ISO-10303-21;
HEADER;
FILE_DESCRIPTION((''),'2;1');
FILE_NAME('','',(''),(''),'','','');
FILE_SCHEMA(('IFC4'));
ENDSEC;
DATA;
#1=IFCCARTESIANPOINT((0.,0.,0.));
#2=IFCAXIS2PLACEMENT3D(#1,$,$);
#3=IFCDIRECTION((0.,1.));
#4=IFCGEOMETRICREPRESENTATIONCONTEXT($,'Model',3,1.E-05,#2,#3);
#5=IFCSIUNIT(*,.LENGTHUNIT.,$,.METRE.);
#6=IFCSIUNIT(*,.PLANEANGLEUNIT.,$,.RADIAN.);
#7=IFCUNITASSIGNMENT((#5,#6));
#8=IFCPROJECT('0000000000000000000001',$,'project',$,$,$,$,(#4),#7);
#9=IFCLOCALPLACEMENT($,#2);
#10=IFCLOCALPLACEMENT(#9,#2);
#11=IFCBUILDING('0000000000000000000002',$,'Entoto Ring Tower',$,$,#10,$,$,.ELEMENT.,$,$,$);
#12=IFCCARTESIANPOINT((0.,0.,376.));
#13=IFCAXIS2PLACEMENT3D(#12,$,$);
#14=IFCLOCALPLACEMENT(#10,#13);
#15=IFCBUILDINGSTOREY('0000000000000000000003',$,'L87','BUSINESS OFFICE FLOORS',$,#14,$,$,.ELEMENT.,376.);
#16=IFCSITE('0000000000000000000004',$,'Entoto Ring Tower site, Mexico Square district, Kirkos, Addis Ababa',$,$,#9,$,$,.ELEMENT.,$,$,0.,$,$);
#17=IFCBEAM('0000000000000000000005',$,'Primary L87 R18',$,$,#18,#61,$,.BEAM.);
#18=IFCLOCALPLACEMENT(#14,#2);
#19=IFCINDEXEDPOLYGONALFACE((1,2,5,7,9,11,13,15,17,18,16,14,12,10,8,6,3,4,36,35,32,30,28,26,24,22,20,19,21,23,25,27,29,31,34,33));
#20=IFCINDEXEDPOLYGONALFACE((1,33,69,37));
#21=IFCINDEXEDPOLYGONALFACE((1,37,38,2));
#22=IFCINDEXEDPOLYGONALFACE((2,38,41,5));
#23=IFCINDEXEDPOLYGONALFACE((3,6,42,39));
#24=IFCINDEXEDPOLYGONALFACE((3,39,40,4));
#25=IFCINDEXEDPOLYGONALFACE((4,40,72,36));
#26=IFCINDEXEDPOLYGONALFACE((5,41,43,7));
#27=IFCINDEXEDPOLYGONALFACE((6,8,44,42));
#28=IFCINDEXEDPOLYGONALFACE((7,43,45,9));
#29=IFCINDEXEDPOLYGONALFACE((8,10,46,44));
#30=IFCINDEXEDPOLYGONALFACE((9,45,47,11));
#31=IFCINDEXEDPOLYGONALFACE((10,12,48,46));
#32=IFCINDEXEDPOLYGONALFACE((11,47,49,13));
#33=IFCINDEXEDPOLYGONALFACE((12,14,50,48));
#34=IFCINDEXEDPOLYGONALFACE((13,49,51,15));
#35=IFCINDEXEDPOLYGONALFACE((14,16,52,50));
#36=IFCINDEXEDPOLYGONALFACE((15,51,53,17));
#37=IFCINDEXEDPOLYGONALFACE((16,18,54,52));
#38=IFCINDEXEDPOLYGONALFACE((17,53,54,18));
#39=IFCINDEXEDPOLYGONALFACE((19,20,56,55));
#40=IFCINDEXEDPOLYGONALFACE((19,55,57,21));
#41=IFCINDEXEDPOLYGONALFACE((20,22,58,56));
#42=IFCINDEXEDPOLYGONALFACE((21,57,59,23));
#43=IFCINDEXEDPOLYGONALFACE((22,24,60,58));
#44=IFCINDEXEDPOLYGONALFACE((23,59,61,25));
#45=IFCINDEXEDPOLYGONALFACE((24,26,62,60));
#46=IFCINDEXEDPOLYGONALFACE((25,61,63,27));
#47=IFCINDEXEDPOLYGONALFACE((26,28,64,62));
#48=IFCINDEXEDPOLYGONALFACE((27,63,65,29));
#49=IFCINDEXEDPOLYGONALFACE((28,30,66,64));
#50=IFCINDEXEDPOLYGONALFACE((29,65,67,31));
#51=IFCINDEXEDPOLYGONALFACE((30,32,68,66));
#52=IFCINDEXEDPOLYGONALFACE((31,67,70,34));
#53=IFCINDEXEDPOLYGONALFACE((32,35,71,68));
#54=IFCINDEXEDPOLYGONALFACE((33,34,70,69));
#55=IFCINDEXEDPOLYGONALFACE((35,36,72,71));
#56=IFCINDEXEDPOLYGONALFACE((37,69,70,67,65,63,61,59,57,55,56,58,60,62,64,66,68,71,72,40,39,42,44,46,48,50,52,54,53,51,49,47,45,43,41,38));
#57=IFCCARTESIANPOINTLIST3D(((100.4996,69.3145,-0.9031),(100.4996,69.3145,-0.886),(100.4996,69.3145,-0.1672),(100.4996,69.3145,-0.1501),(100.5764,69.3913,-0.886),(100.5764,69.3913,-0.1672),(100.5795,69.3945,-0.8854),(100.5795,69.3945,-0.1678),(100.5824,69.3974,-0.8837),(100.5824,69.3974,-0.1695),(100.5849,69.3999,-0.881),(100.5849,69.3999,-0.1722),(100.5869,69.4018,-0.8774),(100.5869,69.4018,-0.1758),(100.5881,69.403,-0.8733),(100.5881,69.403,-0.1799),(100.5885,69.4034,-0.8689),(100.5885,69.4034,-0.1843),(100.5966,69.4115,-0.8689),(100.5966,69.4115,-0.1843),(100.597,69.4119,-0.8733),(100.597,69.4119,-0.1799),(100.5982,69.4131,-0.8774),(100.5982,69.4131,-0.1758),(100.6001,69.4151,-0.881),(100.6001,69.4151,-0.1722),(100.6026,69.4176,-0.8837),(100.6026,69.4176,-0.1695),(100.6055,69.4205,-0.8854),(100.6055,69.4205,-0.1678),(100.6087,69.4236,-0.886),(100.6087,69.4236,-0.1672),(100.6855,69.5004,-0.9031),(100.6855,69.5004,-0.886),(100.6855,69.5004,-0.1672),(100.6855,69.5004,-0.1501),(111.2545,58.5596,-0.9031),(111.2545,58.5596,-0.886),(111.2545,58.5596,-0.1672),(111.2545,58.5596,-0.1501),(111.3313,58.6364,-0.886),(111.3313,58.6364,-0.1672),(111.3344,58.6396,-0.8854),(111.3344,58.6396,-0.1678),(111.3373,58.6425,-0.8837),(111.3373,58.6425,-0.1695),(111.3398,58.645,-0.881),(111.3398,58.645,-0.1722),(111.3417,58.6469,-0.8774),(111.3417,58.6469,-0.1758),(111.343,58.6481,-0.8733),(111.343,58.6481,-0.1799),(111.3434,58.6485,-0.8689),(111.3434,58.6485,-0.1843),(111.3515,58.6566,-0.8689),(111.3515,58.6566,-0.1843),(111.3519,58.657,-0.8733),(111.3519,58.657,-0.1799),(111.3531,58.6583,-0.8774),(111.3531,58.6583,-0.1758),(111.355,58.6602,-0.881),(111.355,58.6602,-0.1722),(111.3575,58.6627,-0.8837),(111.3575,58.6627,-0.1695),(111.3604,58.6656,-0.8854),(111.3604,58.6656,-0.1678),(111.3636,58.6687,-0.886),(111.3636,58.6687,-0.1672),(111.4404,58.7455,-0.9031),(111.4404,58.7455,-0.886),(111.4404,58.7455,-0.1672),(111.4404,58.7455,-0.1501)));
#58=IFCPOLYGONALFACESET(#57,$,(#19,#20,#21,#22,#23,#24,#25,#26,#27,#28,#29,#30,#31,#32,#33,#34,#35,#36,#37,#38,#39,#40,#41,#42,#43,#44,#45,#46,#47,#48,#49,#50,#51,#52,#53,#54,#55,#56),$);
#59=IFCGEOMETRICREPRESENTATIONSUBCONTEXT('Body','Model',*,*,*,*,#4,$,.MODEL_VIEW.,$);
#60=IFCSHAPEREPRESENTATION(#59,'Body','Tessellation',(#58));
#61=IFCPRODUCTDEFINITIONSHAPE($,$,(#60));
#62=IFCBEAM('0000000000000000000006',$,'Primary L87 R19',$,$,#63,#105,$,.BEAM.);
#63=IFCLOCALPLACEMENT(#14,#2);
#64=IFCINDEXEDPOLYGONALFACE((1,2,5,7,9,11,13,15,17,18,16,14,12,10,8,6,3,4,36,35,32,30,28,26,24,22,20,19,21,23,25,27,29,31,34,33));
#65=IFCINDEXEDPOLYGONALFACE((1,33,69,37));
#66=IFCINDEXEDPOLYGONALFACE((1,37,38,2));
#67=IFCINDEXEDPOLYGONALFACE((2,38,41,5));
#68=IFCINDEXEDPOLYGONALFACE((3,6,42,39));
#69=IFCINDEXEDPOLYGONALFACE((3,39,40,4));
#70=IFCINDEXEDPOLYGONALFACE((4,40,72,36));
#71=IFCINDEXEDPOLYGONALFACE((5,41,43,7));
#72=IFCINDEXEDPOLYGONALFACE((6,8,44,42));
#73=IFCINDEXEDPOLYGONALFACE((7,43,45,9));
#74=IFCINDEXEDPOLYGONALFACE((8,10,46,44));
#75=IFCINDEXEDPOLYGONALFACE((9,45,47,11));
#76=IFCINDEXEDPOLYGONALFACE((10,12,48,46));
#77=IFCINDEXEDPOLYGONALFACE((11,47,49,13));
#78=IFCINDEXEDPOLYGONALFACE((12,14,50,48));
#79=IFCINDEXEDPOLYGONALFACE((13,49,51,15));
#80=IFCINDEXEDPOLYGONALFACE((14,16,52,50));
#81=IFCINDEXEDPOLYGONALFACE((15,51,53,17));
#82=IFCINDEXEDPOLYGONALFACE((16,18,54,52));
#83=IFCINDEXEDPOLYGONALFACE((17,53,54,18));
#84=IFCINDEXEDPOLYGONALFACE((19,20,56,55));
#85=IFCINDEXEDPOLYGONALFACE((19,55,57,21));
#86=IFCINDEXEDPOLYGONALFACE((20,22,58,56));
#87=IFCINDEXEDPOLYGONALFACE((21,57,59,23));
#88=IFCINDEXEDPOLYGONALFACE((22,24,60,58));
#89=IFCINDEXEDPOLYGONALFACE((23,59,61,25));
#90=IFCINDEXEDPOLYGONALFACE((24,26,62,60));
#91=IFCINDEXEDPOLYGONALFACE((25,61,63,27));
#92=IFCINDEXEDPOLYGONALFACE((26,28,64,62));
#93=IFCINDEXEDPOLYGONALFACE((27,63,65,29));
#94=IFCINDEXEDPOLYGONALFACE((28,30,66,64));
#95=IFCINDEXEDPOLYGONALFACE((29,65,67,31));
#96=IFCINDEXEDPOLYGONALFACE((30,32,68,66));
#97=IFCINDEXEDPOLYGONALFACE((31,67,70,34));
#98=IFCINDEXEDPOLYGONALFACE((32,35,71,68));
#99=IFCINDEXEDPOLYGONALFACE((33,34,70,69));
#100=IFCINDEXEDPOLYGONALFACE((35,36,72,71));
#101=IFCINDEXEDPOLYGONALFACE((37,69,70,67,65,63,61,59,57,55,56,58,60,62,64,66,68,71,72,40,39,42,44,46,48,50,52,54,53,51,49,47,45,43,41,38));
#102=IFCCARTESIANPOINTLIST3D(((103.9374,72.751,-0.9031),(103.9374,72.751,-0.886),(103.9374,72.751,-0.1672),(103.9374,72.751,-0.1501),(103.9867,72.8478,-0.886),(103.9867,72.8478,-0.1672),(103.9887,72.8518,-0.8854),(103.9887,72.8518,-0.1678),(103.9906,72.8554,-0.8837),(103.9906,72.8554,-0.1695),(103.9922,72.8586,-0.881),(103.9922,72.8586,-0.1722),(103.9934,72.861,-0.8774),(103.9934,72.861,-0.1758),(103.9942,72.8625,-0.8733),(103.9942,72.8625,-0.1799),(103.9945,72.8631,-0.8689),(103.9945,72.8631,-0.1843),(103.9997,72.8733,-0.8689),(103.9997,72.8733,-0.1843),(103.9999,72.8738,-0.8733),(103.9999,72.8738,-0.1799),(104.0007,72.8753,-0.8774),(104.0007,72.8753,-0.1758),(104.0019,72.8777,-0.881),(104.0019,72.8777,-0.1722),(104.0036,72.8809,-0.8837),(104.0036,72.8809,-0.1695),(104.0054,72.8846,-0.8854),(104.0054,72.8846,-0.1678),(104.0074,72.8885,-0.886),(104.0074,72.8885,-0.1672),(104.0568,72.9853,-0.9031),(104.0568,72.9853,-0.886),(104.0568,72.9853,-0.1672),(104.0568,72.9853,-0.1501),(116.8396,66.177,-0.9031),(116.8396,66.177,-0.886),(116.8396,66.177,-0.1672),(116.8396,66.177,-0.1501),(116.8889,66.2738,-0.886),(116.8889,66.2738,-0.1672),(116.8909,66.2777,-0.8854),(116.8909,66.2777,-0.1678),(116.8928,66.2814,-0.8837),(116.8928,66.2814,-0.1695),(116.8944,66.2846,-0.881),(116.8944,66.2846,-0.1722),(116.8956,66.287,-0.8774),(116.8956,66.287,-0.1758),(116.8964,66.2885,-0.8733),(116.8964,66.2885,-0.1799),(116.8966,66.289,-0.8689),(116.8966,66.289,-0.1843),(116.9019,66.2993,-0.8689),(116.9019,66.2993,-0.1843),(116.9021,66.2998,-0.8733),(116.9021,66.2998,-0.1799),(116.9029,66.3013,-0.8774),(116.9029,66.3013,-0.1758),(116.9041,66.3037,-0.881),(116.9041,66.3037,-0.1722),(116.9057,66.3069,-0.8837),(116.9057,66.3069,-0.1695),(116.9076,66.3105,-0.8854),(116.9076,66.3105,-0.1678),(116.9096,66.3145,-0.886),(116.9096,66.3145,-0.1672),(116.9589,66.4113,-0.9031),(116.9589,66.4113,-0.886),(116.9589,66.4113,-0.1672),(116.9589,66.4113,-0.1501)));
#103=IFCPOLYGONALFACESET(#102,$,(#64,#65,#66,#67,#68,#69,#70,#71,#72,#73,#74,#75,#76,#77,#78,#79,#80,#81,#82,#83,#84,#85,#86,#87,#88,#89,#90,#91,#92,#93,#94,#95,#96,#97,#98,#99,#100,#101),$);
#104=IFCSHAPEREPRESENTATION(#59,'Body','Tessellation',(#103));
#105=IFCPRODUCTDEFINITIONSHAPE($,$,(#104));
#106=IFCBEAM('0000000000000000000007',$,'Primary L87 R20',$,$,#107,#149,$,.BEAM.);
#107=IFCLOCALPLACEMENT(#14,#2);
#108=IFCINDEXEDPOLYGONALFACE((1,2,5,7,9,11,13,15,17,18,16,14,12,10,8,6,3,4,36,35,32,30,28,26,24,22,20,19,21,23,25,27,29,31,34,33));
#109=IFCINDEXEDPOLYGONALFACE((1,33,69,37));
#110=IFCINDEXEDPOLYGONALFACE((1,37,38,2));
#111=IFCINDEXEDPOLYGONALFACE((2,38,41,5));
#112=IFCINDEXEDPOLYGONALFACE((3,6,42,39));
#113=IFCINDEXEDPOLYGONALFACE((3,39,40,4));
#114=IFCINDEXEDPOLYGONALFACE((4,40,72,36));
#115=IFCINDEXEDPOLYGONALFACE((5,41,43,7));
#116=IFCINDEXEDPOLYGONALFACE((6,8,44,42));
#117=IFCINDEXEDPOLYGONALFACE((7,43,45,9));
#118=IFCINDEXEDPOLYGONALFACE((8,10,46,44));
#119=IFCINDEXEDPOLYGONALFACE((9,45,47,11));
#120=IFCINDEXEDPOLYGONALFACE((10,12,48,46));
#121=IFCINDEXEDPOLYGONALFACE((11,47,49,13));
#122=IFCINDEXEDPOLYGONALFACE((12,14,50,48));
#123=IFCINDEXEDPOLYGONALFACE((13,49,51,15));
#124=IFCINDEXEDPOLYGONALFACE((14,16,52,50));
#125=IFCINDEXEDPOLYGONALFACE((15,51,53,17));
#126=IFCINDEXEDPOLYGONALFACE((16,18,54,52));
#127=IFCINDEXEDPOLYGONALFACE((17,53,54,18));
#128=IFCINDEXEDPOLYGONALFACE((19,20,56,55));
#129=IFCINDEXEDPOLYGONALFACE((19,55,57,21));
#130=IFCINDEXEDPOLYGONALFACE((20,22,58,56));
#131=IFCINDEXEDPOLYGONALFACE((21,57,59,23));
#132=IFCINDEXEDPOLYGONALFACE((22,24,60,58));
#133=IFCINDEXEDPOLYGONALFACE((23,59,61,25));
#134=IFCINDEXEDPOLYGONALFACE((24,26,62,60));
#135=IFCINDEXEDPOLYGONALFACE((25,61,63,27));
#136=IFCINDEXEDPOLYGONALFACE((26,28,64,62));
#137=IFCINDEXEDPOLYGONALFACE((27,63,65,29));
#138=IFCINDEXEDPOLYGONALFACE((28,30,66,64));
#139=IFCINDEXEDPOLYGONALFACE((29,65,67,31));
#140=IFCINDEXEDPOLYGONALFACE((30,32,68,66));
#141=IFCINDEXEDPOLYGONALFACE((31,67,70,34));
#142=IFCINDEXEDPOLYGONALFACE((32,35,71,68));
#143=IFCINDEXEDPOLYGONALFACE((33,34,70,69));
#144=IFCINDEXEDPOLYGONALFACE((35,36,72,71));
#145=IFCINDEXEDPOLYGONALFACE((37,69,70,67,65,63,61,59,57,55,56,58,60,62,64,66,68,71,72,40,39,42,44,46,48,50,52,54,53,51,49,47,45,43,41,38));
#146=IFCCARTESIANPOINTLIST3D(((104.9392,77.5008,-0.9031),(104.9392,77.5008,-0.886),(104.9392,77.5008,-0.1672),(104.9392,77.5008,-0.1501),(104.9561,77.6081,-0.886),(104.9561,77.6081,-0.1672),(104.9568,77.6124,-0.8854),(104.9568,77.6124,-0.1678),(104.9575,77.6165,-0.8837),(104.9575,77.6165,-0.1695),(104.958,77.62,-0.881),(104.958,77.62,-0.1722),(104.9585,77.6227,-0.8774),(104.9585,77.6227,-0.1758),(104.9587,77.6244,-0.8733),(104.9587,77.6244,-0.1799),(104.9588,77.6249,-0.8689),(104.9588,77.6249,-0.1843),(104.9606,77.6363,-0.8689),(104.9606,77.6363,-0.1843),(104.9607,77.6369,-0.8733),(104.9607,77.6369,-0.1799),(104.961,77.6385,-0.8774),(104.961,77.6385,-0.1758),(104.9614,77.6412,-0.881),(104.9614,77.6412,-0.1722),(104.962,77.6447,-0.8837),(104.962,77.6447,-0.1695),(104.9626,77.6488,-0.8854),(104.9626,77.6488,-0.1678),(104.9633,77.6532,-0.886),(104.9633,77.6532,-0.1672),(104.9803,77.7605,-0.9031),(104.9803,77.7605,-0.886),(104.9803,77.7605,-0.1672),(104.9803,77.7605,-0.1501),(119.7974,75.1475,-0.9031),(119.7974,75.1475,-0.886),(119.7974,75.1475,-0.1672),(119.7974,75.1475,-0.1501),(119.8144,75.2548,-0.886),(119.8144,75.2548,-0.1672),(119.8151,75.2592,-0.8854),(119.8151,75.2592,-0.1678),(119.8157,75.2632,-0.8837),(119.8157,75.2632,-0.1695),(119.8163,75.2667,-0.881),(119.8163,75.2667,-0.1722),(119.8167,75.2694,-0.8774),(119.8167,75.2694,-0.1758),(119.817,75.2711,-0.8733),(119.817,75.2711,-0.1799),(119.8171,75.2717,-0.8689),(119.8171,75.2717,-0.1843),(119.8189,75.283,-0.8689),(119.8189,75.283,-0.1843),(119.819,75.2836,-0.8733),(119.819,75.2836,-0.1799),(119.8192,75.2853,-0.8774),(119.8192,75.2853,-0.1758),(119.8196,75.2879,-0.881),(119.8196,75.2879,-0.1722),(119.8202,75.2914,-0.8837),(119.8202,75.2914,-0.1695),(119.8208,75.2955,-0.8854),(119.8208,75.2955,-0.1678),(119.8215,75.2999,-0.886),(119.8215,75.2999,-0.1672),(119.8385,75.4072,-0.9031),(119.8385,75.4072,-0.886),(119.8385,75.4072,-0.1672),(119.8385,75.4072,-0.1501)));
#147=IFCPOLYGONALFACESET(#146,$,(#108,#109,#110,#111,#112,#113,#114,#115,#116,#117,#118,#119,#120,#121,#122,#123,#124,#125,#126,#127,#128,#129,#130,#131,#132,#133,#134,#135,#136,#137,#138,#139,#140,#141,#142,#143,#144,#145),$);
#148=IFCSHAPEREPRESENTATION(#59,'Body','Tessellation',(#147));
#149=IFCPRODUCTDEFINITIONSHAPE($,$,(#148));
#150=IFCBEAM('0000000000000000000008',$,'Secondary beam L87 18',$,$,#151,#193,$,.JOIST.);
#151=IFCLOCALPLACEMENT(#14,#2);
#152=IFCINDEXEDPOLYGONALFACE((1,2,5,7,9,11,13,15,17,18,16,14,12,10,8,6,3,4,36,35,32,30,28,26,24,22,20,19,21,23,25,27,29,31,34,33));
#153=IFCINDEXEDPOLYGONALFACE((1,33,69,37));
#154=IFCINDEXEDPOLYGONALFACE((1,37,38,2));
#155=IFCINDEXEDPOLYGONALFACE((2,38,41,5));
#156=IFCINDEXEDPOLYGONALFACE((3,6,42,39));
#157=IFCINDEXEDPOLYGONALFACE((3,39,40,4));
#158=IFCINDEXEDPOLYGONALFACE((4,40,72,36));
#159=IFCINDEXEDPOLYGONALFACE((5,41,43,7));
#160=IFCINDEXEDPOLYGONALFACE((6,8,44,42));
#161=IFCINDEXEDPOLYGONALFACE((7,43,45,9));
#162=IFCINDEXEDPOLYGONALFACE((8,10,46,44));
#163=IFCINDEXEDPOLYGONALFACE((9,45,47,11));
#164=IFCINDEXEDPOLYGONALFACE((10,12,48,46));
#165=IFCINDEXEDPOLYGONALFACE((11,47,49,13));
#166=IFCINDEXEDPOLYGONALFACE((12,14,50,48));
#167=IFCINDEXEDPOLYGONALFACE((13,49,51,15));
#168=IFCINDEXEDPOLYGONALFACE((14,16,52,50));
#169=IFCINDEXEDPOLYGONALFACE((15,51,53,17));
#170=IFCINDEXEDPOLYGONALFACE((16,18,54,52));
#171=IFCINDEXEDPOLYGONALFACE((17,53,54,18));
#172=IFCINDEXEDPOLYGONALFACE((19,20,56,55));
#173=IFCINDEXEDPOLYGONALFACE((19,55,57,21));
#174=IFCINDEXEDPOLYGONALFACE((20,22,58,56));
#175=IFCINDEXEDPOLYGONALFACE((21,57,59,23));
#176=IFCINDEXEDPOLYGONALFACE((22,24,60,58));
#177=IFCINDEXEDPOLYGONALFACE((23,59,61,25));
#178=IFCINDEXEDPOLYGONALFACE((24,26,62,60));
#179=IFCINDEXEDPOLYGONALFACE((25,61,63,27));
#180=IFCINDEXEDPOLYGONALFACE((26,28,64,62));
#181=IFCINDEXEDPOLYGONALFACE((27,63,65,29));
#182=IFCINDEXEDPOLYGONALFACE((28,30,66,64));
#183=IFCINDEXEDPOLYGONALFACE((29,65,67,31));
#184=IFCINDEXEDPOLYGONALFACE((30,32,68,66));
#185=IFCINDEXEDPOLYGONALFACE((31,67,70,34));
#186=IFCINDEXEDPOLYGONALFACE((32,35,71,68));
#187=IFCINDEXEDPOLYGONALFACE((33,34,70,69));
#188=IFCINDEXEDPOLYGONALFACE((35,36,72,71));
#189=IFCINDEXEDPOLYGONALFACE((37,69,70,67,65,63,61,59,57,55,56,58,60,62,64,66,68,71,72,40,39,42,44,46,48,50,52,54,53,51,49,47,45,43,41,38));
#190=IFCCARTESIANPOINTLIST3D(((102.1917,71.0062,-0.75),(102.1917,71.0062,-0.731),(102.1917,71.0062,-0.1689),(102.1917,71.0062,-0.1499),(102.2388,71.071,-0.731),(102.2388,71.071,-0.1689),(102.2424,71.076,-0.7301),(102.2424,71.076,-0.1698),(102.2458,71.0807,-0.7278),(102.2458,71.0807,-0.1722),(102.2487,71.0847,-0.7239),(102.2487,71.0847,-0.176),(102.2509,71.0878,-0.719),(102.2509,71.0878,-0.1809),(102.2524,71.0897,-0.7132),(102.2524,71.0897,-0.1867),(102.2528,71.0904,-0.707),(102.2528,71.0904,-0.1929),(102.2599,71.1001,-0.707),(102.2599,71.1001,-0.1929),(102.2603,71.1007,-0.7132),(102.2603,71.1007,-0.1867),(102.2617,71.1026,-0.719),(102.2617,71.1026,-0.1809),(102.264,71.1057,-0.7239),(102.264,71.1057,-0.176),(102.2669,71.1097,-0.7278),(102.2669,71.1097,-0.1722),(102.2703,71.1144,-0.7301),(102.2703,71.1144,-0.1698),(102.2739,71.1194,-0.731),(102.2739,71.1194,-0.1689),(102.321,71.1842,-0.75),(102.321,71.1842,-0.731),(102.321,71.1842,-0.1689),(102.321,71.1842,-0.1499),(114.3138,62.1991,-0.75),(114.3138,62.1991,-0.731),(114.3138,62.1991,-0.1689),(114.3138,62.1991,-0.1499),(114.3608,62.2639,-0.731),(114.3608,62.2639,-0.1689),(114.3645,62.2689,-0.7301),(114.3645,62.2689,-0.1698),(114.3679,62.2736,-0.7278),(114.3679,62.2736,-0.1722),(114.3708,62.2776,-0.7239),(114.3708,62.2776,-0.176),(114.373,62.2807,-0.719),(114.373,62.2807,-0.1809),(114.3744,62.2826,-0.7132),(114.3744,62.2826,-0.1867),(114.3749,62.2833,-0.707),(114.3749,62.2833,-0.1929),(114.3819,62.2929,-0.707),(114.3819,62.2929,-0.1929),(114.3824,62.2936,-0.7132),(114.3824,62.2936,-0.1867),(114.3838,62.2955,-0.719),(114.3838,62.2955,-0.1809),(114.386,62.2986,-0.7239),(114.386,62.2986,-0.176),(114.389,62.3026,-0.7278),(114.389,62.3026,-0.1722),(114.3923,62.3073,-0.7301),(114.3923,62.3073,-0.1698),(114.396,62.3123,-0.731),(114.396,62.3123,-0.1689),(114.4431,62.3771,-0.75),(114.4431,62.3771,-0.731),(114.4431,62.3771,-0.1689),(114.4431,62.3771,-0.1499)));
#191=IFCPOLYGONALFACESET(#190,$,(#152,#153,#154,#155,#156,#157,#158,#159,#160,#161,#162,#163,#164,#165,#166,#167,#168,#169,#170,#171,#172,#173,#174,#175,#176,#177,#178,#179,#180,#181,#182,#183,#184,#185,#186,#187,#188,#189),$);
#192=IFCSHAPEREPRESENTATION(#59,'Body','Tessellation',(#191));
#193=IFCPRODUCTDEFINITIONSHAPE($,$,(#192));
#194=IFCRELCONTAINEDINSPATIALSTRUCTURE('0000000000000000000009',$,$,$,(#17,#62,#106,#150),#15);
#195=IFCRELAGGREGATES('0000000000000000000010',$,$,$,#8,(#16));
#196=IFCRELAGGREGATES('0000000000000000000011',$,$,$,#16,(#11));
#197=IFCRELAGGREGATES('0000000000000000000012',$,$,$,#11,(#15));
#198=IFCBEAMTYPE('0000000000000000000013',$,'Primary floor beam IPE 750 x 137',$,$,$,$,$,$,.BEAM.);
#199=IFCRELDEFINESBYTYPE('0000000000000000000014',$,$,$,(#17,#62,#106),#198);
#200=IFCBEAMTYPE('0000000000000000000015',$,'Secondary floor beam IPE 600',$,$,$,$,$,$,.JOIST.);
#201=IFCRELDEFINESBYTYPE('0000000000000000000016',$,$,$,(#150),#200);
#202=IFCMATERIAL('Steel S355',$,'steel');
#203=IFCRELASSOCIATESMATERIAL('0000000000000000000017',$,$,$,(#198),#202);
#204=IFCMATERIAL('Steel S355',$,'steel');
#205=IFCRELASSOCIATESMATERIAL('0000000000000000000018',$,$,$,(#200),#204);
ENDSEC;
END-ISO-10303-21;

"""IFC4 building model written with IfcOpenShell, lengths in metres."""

from ifc_helpers import new_model, si_unit, direction, frame, origin, origin_2d, place, context, subcontext, project, spatial, i_section, extrude, material, material_profile, profile_set, type_object, element, save


model = new_model("IFC4")

# Units and contexts
model_context = context("Model", 3, precision=1e-05, world=origin(), true_north=direction((0.0, 1.0)))
body_context = subcontext(model_context, "Body", "Model", "MODEL_VIEW")
ifc_project = project(units=[si_unit("LENGTHUNIT", "METRE"), si_unit("PLANEANGLEUNIT", "RADIAN")], contexts=[model_context])

# Site, building, storey
site_placement = place(None, origin())
site = spatial("IfcSite", under=ifc_project, at=site_placement, Name="Entoto Ring Tower site, Mexico Square district, Kirkos, Addis Ababa", CompositionType="ELEMENT", RefElevation=0.0)
building_placement = place(site_placement, origin())
building = spatial("IfcBuilding", under=site, at=building_placement, Name="Entoto Ring Tower", CompositionType="ELEMENT")
storey_placement = place(building_placement, frame((0.0, 0.0, 376.0)))
storey = spatial("IfcBuildingStorey", under=building, at=storey_placement, Name="L87", Description="BUSINESS OFFICE FLOORS", CompositionType="ELEMENT", Elevation=376.0)

# Beams
ifc_material_1 = material(Name="Steel S355", Category="steel")
ifc_material_profile_1 = material_profile(ifc_material_1, i_section(OverallWidth=0.2629, OverallDepth=0.7529, WebThickness=0.0115, FlangeThickness=0.0171, FilletRadius=0.0171, at=origin_2d()), Name="IPE 750 x 137")
ifc_profile_set_1 = profile_set([ifc_material_profile_1], Name="Steel S355")
beam_type_1 = type_object("IfcBeamType", Name="Primary floor beam IPE 750 x 137", PredefinedType="BEAM", material=ifc_profile_set_1)
beam_1_placement = place(storey_placement, frame((100.5925, 69.4075, -0.5266), z_axis=(0.707107, -0.707107, 0.0), x_axis=(0.707107, 0.707107, 0.0)))
element("IfcBeam", 1, at=beam_1_placement, inside=storey, type_object=beam_type_1, Name="Primary L87 R18", PredefinedType="BEAM", context=body_context, shape_type="SweptSolid", body=[
    extrude(i_section(OverallWidth=0.2629, OverallDepth=0.7529, WebThickness=0.0115, FlangeThickness=0.0171, FilletRadius=0.0171, at=origin_2d()), origin(), (0.0, 0.0, 1.0), 15.2097),
])
beam_2_placement = place(storey_placement, frame((103.9971, 72.8682, -0.5266), z_axis=(0.891006, -0.453992, 0.0), x_axis=(0.453992, 0.891006, 0.0)))
element("IfcBeam", 2, at=beam_2_placement, inside=storey, type_object=beam_type_1, Name="Primary L87 R19", PredefinedType="BEAM", context=body_context, shape_type="SweptSolid", body=[
    extrude(i_section(OverallWidth=0.2629, OverallDepth=0.7529, WebThickness=0.0115, FlangeThickness=0.0171, FilletRadius=0.0171, at=origin_2d()), origin(), (0.0, 0.0, 1.0), 14.4805),
])
beam_3_placement = place(storey_placement, frame((104.9597, 77.6306, -0.5266), z_axis=(0.987689, -0.156433, 0.0), x_axis=(0.156433, 0.987689, 0.0)))
element("IfcBeam", 3, at=beam_3_placement, inside=storey, type_object=beam_type_1, Name="Primary L87 R20", PredefinedType="BEAM", context=body_context, shape_type="SweptSolid", body=[
    extrude(i_section(OverallWidth=0.2629, OverallDepth=0.7529, WebThickness=0.0115, FlangeThickness=0.0171, FilletRadius=0.0171, at=origin_2d()), origin(), (0.0, 0.0, 1.0), 15.0435),
])
ifc_material_2 = material(Name="Steel S355", Category="steel")
ifc_material_profile_2 = material_profile(ifc_material_2, i_section(OverallWidth=0.22, OverallDepth=0.6001, WebThickness=0.012, FlangeThickness=0.019, FilletRadius=0.0239, at=origin_2d()), Name="IPE 600")
ifc_profile_set_2 = profile_set([ifc_material_profile_2], Name="Steel S355")
beam_type_2 = type_object("IfcBeamType", Name="Secondary floor beam IPE 600", PredefinedType="JOIST", material=ifc_profile_set_2)
beam_4_placement = place(storey_placement, frame((102.2563, 71.0952, -0.45), z_axis=(0.809019, -0.587782, 0.0), x_axis=(0.587782, 0.809019, 0.0)))
element("IfcBeam", 4, at=beam_4_placement, inside=storey, type_object=beam_type_2, Name="Secondary beam L87 18", PredefinedType="JOIST", context=body_context, shape_type="SweptSolid", body=[
    extrude(i_section(OverallWidth=0.22, OverallDepth=0.6001, WebThickness=0.012, FlangeThickness=0.019, FilletRadius=0.0239, at=origin_2d()), origin(), (0.0, 0.0, 1.0), 14.9836),
])

save(model, "model.ifc")
